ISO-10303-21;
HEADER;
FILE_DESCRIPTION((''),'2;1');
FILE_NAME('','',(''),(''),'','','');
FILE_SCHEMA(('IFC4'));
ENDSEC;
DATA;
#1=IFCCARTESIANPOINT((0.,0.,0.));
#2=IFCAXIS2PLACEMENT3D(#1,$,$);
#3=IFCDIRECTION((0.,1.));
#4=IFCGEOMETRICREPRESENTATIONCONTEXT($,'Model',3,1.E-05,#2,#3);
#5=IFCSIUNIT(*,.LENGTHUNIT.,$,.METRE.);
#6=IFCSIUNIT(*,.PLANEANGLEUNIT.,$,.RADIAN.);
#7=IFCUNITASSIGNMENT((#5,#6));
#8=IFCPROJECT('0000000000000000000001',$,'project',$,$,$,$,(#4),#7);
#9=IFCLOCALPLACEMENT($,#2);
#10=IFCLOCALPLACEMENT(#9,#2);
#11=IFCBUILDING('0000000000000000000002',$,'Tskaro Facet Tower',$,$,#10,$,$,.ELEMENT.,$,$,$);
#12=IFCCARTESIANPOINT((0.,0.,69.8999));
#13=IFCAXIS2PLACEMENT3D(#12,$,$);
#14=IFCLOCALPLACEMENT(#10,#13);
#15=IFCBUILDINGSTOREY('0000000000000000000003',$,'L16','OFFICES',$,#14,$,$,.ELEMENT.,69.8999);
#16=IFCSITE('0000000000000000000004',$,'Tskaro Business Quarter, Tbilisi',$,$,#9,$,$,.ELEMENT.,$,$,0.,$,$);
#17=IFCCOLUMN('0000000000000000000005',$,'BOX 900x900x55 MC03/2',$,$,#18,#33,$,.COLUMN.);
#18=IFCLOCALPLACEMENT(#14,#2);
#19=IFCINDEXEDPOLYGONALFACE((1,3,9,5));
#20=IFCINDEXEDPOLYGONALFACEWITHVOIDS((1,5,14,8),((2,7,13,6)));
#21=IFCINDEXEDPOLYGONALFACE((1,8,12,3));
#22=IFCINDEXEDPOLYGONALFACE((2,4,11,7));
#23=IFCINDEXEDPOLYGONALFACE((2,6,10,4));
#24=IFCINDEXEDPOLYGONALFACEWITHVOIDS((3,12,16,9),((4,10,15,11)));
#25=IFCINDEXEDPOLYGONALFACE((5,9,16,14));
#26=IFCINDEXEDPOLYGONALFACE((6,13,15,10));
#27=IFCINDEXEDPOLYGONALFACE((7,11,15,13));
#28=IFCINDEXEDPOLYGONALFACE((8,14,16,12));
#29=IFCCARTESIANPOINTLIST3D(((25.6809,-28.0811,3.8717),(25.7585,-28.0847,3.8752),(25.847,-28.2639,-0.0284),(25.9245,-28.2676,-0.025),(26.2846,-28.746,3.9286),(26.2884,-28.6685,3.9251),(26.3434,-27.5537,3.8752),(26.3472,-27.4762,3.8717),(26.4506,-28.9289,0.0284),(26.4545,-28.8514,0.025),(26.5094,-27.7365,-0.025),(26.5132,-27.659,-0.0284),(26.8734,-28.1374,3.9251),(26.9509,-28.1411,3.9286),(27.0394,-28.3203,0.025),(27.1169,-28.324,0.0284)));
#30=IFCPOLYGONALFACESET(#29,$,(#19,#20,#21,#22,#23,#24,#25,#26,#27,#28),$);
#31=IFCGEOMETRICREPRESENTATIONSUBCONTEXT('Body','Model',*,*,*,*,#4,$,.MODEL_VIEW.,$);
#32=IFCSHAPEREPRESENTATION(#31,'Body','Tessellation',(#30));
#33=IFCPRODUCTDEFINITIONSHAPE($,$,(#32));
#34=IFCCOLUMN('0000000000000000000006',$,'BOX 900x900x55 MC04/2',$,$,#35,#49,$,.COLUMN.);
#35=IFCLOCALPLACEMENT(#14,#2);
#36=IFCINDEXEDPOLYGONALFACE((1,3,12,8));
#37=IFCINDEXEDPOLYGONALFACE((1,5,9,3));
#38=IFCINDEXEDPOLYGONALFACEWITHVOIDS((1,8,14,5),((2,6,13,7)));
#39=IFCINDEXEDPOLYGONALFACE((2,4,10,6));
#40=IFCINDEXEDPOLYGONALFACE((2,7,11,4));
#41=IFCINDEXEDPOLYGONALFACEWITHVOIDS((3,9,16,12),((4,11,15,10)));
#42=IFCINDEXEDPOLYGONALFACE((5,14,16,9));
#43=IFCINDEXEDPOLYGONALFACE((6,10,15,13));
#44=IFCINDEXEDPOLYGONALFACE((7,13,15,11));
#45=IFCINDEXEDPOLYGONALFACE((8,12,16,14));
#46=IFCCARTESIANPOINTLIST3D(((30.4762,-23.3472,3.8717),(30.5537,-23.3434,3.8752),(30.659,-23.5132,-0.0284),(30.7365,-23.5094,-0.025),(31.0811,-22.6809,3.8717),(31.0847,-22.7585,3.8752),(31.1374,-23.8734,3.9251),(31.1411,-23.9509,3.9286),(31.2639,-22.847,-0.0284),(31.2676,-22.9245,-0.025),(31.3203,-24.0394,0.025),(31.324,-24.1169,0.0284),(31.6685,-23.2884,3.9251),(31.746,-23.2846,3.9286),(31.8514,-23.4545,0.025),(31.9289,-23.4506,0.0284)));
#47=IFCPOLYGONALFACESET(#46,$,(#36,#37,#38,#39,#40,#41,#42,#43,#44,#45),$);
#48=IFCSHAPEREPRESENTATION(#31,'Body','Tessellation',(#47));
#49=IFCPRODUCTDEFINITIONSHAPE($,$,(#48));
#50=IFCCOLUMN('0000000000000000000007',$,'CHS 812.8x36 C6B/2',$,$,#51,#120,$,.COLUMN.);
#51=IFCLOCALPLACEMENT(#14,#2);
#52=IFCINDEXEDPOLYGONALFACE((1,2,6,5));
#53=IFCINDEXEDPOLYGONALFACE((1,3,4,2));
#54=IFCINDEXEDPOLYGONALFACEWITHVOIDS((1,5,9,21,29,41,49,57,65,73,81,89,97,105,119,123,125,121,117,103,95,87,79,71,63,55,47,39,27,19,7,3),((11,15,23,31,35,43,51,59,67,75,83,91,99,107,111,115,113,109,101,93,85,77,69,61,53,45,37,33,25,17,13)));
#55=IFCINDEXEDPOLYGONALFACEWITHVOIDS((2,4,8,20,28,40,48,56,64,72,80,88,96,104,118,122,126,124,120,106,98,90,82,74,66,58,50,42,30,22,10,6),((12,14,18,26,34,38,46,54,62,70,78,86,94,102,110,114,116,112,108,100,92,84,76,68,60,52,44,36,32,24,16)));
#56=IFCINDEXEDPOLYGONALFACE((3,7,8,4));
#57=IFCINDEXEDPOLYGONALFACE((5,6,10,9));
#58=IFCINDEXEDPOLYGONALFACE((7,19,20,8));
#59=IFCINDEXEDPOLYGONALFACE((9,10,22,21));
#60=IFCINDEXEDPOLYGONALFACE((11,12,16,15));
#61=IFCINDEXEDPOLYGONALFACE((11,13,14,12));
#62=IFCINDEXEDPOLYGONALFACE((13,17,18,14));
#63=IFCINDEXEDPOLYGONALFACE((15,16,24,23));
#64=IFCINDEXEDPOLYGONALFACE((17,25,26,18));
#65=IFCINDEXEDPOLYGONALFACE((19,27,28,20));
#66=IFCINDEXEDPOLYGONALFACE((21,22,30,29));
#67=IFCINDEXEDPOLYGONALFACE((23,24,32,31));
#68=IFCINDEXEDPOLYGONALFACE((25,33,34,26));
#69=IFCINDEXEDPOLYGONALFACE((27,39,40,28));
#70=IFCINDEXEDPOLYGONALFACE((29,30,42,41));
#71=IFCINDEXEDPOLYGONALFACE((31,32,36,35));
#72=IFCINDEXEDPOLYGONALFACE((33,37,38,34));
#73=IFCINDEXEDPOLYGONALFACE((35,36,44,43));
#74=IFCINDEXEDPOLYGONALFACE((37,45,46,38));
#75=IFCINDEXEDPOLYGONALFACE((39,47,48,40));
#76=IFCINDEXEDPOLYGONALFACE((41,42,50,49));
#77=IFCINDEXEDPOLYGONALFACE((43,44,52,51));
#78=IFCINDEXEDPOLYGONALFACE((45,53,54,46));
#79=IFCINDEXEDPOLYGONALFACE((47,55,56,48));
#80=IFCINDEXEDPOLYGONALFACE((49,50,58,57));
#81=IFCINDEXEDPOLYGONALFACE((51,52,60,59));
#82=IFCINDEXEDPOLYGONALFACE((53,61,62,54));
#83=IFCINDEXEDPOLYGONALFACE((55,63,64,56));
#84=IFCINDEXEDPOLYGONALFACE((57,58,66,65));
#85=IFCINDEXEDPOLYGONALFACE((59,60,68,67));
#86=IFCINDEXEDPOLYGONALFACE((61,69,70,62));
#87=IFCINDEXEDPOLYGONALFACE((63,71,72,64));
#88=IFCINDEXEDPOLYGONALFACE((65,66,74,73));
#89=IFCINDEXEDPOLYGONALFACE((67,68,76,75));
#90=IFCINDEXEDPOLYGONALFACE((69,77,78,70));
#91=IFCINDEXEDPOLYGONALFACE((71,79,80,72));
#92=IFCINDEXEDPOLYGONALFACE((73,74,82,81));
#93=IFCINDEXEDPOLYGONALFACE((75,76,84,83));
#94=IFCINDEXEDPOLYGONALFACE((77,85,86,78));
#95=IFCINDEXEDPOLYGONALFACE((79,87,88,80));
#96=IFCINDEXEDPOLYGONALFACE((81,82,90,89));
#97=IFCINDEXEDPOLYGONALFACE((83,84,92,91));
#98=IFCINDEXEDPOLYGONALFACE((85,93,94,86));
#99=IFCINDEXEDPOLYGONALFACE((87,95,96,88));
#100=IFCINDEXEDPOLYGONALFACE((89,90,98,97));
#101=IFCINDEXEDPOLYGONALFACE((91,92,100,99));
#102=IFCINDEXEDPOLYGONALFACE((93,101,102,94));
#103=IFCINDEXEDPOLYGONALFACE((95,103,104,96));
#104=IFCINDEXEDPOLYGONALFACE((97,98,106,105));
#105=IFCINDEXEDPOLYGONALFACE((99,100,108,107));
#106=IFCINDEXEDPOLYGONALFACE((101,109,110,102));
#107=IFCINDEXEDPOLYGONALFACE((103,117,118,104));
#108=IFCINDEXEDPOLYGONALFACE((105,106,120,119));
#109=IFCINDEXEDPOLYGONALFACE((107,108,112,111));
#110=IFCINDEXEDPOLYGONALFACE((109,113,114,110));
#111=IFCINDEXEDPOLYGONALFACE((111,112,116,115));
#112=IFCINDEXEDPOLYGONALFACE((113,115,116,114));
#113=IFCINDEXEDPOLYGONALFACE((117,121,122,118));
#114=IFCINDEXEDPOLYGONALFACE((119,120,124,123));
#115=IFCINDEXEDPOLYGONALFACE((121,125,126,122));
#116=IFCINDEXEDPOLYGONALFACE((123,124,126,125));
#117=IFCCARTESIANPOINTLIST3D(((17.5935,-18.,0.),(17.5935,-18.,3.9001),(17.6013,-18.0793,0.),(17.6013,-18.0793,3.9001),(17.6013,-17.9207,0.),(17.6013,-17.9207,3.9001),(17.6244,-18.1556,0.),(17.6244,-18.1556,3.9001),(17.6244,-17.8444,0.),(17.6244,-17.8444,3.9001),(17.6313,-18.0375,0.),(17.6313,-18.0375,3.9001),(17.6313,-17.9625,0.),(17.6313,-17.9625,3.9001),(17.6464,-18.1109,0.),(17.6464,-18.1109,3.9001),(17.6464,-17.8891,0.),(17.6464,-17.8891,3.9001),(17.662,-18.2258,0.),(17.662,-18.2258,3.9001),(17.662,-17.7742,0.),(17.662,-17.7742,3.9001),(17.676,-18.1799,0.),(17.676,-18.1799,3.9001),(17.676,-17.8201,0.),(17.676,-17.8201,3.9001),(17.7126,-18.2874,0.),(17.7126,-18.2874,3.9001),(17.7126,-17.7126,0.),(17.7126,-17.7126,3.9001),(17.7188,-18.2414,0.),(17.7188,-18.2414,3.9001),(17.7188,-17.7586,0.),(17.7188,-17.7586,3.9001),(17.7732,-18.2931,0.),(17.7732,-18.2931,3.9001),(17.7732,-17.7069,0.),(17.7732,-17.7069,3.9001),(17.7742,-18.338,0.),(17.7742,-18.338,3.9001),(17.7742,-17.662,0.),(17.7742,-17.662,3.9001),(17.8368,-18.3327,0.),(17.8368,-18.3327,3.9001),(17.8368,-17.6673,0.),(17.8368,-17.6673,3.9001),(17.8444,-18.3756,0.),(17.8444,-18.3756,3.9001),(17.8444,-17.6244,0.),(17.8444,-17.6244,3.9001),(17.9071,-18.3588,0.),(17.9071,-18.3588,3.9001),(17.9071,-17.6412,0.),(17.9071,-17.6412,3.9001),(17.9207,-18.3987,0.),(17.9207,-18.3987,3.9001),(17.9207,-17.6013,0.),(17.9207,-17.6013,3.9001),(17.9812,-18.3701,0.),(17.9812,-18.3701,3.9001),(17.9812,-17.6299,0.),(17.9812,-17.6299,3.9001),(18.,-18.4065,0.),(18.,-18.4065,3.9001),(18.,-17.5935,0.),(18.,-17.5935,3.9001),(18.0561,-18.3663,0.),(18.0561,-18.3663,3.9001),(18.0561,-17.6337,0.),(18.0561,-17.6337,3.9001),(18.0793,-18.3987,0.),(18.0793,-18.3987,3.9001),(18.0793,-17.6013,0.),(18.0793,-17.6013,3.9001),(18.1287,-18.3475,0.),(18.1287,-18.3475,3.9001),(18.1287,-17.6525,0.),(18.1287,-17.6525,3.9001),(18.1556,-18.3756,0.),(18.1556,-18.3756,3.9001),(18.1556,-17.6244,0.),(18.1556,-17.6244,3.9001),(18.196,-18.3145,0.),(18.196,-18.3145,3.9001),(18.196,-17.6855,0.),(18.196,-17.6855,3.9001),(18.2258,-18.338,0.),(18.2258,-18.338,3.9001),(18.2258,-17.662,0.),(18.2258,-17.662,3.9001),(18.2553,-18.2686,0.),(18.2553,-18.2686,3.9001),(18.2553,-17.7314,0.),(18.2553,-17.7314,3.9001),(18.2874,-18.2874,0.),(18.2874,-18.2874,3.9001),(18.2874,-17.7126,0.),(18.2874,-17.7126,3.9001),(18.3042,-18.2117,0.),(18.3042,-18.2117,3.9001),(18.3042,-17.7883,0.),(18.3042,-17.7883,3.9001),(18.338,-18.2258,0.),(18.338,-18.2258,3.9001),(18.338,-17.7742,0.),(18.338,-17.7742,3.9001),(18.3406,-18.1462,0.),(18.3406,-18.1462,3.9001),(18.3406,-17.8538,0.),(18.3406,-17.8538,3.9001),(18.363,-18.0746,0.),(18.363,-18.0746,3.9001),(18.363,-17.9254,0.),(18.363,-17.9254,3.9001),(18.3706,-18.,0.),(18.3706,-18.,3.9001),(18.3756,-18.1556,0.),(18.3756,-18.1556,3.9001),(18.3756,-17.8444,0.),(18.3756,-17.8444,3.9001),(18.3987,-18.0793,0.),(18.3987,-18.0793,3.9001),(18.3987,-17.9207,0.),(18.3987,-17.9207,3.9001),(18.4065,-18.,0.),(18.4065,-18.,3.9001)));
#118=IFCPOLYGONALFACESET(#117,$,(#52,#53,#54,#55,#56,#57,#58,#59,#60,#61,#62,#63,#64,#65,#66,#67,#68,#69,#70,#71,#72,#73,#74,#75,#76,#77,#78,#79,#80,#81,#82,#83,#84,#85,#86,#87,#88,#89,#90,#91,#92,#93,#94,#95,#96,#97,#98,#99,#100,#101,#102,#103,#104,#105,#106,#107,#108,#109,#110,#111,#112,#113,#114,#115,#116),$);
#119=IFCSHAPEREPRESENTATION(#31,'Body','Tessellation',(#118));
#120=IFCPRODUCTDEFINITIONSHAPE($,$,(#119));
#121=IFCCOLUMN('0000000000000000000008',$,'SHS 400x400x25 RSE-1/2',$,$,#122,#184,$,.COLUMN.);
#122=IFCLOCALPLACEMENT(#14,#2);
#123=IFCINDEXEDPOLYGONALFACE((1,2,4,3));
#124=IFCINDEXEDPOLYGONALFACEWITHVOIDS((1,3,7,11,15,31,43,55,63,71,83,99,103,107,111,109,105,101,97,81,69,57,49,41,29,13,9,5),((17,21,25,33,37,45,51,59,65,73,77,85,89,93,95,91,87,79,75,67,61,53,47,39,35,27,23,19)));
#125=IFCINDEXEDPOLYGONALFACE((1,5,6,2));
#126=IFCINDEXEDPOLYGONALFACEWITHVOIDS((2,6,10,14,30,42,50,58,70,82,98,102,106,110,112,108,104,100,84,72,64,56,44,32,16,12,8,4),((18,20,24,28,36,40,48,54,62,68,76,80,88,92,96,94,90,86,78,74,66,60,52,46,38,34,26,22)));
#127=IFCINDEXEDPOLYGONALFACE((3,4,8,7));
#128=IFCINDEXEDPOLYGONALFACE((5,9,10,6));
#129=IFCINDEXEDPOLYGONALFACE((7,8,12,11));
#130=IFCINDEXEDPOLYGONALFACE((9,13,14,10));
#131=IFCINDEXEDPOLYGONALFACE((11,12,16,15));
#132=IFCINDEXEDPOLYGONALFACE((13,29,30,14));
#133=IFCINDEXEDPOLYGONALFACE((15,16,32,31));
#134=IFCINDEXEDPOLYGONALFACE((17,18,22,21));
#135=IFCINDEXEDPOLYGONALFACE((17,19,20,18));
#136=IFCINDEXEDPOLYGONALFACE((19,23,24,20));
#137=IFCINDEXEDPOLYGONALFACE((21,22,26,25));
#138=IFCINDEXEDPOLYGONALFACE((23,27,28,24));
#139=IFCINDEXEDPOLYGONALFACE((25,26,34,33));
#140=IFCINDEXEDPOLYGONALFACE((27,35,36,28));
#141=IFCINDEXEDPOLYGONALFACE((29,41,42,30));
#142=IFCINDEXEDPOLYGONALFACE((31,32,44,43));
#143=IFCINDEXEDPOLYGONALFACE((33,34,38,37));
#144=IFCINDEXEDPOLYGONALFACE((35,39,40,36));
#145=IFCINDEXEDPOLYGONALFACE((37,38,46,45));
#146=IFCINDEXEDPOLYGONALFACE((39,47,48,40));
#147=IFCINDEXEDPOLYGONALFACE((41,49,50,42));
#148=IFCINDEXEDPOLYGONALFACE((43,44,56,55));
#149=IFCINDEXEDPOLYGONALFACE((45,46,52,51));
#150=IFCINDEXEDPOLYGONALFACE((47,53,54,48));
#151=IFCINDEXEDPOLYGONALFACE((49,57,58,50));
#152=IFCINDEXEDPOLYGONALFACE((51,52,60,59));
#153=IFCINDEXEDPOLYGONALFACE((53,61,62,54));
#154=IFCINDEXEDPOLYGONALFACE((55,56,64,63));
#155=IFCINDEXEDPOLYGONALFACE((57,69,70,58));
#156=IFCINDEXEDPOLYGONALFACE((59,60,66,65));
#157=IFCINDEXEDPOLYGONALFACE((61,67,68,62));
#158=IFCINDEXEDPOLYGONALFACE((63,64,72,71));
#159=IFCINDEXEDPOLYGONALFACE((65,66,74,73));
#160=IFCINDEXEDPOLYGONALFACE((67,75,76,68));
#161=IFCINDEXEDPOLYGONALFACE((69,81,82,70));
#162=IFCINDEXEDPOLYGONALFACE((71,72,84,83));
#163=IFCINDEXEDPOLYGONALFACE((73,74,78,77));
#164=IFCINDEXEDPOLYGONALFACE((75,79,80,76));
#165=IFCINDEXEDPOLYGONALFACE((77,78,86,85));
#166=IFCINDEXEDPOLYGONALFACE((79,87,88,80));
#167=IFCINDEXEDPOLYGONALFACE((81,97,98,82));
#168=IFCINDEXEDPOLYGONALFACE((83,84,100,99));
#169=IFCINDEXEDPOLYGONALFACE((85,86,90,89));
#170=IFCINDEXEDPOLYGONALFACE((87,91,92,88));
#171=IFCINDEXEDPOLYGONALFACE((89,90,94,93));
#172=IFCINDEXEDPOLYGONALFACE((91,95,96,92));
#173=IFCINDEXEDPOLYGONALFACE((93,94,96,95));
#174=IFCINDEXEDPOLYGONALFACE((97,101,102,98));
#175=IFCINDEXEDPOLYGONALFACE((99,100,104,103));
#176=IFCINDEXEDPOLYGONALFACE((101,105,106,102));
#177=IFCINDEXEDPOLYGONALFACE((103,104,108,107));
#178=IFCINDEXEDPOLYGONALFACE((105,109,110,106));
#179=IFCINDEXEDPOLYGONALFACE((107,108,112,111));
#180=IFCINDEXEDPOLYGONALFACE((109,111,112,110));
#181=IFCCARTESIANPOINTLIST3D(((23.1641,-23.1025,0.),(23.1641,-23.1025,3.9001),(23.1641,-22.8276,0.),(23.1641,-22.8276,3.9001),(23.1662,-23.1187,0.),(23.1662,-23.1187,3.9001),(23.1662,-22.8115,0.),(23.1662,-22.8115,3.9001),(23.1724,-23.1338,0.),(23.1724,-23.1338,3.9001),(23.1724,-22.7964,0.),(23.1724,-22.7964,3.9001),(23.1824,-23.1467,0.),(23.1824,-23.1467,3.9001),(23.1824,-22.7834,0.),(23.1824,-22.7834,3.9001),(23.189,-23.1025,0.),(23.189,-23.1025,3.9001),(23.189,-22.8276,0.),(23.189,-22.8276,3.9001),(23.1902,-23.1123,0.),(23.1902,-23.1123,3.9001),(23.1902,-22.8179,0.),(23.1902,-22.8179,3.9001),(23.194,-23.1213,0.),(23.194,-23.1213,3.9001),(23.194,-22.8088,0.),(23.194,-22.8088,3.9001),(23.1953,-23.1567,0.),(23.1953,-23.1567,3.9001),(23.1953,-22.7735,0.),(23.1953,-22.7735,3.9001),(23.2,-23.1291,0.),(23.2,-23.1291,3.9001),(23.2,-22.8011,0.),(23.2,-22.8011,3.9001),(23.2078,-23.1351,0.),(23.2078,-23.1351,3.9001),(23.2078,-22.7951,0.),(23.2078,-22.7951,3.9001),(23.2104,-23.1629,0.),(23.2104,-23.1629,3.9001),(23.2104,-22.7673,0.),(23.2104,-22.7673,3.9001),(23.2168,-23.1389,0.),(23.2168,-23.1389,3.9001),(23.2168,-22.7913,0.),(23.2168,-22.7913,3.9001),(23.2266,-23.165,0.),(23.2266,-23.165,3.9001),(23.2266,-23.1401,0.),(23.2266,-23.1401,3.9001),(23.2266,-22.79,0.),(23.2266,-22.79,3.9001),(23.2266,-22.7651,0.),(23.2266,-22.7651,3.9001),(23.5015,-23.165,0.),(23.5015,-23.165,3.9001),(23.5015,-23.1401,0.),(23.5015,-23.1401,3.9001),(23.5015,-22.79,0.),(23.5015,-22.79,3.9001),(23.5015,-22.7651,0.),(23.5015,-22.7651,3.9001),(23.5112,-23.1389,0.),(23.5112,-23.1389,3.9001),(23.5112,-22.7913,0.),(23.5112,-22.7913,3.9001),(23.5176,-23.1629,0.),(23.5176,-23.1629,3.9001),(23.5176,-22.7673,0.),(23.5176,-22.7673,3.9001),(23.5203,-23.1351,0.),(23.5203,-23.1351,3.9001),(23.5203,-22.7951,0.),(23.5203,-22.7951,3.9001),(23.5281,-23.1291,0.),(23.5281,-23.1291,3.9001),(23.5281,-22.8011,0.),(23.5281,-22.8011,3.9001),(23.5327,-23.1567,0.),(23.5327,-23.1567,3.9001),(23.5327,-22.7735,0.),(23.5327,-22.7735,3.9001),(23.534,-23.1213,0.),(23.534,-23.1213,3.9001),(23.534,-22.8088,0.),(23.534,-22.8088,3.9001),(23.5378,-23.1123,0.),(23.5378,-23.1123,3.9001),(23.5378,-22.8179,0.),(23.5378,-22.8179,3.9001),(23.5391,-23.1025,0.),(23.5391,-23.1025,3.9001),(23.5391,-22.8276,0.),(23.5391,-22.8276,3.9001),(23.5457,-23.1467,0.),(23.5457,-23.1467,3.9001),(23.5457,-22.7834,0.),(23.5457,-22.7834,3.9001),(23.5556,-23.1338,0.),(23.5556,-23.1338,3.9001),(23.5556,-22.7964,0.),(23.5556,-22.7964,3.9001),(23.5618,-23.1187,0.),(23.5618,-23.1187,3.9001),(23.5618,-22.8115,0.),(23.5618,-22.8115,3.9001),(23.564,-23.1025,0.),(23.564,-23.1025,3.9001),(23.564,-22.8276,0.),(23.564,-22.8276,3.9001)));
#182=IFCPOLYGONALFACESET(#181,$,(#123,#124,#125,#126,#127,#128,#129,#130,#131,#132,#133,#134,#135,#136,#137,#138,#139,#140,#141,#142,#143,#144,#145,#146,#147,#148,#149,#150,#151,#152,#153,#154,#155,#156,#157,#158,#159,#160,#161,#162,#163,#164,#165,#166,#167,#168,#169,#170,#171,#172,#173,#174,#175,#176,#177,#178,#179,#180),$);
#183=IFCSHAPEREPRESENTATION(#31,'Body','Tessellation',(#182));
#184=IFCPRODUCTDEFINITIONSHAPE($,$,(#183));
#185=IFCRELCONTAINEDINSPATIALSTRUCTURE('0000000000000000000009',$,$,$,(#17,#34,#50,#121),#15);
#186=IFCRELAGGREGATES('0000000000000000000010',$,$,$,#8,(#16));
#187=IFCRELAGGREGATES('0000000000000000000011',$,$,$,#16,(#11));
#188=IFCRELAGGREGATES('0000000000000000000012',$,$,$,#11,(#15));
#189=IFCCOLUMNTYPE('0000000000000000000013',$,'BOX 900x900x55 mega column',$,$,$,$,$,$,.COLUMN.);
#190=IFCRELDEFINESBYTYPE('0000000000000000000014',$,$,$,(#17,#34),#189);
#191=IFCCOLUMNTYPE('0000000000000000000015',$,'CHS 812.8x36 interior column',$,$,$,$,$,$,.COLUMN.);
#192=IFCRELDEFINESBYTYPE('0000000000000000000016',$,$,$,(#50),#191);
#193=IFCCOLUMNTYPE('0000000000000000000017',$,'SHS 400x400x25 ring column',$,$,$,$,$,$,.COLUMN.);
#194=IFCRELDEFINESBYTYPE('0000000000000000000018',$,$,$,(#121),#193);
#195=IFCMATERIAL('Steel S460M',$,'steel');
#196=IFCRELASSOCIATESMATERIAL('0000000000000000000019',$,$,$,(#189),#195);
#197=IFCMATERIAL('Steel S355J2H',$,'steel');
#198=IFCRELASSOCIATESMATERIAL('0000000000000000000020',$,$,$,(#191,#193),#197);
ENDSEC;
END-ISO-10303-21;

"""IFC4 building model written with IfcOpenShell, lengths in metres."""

from ifc_helpers import new_model, si_unit, direction, frame, origin, origin_2d, place, context, subcontext, project, spatial, hollow_rectangle, hollow_circle, extrude, material, material_profile, profile_set, type_object, element, save


model = new_model("IFC4")

# Units and contexts
model_context = context("Model", 3, precision=1e-05, world=origin(), true_north=direction((0.0, 1.0)))
body_context = subcontext(model_context, "Body", "Model", "MODEL_VIEW")
ifc_project = project(units=[si_unit("LENGTHUNIT", "METRE"), si_unit("PLANEANGLEUNIT", "RADIAN")], contexts=[model_context])

# Site, building, storey
site_placement = place(None, origin())
site = spatial("IfcSite", under=ifc_project, at=site_placement, Name="Tskaro Business Quarter, Tbilisi", CompositionType="ELEMENT", RefElevation=0.0)
building_placement = place(site_placement, origin())
building = spatial("IfcBuilding", under=site, at=building_placement, Name="Tskaro Facet Tower", CompositionType="ELEMENT")
storey_placement = place(building_placement, frame((0.0, 0.0, 69.8999)))
storey = spatial("IfcBuildingStorey", under=building, at=storey_placement, Name="L16", Description="OFFICES", CompositionType="ELEMENT", Elevation=69.8999)

# Columns
ifc_material_1 = material(Name="Steel S460M", Category="steel")
ifc_material_profile_1 = material_profile(ifc_material_1, hollow_rectangle(XDim=0.8999, YDim=0.8999, WallThickness=0.0549, at=origin_2d()), Name="BOX 900x900x55")
ifc_profile_set_1 = profile_set([ifc_material_profile_1], Name="Steel S460M")
column_type_1 = type_object("IfcColumnType", Name="BOX 900x900x55 mega column", PredefinedType="COLUMN", material=ifc_profile_set_1)
for number, where, z_axis, x_axis, name in (
    (1, (26.4819, -28.2939, 0.0), (-0.042481, 0.046792, 0.998001), (-0.740387, -0.672181, 0.0), "BOX 900x900x55 MC03/2"),
    (2, (31.2939, -23.4819, 0.0), (-0.046792, 0.042481, 0.998001), (-0.672181, -0.740387, 0.0), "BOX 900x900x55 MC04/2"),
):
    element("IfcColumn", number, at=place(storey_placement, frame(where, z_axis=z_axis, x_axis=x_axis)), inside=storey, type_object=column_type_1, Name=name, PredefinedType="COLUMN", context=body_context, shape_type="SweptSolid", body=[
        extrude(hollow_rectangle(XDim=0.8999, YDim=0.8999, WallThickness=0.0549, at=origin_2d()), origin(), (0.0, 0.0, 1.0), 3.908),
    ])
ifc_material_2 = material(Name="Steel S355J2H", Category="steel")
ifc_material_profile_2 = material_profile(ifc_material_2, hollow_circle(Radius=0.4065, WallThickness=0.0359, at=origin_2d()), Name="CHS 812.8x36")
ifc_profile_set_2 = profile_set([ifc_material_profile_2], Name="Steel S355J2H")
column_type_2 = type_object("IfcColumnType", Name="CHS 812.8x36 interior column", PredefinedType="COLUMN", material=ifc_profile_set_2)
column_placement = place(storey_placement, frame((18.0, -18.0, 0.0), z_axis=(0.0, 0.0, 1.0), x_axis=(1.0, 0.0, 0.0)))
element("IfcColumn", 3, at=column_placement, inside=storey, type_object=column_type_2, Name="CHS 812.8x36 C6B/2", PredefinedType="COLUMN", context=body_context, shape_type="SweptSolid", body=[
    extrude(hollow_circle(Radius=0.4065, WallThickness=0.0359, at=origin_2d()), origin(), (0.0, 0.0, 1.0), 3.9001),
])
ifc_material_profile_3 = material_profile(ifc_material_2, hollow_rectangle(XDim=0.3999, YDim=0.3999, WallThickness=0.0249, InnerFilletRadius=0.0376, OuterFilletRadius=0.0625, at=origin_2d()), Name="SHS 400x400x25")
ifc_profile_set_3 = profile_set([ifc_material_profile_3], Name="Steel S355J2H")
column_type_3 = type_object("IfcColumnType", Name="SHS 400x400x25 ring column", PredefinedType="COLUMN", material=ifc_profile_set_3)
for number, where, z_axis, x_axis, name in (
    (4, (23.364, -22.9651, 0.0), (0.0, 0.0, 1.0), (1.0, 0.0, 0.0), "SHS 400x400x25 RSE-1/2"),
):
    element("IfcColumn", number, at=place(storey_placement, frame(where, z_axis=z_axis, x_axis=x_axis)), inside=storey, type_object=column_type_3, Name=name, PredefinedType="COLUMN", context=body_context, shape_type="SweptSolid", body=[
        extrude(hollow_rectangle(XDim=0.3999, YDim=0.3999, WallThickness=0.0249, InnerFilletRadius=0.0376, OuterFilletRadius=0.0625, at=origin_2d()), origin(), (0.0, 0.0, 1.0), 3.9001),
    ])

save(model, "model.ifc")
